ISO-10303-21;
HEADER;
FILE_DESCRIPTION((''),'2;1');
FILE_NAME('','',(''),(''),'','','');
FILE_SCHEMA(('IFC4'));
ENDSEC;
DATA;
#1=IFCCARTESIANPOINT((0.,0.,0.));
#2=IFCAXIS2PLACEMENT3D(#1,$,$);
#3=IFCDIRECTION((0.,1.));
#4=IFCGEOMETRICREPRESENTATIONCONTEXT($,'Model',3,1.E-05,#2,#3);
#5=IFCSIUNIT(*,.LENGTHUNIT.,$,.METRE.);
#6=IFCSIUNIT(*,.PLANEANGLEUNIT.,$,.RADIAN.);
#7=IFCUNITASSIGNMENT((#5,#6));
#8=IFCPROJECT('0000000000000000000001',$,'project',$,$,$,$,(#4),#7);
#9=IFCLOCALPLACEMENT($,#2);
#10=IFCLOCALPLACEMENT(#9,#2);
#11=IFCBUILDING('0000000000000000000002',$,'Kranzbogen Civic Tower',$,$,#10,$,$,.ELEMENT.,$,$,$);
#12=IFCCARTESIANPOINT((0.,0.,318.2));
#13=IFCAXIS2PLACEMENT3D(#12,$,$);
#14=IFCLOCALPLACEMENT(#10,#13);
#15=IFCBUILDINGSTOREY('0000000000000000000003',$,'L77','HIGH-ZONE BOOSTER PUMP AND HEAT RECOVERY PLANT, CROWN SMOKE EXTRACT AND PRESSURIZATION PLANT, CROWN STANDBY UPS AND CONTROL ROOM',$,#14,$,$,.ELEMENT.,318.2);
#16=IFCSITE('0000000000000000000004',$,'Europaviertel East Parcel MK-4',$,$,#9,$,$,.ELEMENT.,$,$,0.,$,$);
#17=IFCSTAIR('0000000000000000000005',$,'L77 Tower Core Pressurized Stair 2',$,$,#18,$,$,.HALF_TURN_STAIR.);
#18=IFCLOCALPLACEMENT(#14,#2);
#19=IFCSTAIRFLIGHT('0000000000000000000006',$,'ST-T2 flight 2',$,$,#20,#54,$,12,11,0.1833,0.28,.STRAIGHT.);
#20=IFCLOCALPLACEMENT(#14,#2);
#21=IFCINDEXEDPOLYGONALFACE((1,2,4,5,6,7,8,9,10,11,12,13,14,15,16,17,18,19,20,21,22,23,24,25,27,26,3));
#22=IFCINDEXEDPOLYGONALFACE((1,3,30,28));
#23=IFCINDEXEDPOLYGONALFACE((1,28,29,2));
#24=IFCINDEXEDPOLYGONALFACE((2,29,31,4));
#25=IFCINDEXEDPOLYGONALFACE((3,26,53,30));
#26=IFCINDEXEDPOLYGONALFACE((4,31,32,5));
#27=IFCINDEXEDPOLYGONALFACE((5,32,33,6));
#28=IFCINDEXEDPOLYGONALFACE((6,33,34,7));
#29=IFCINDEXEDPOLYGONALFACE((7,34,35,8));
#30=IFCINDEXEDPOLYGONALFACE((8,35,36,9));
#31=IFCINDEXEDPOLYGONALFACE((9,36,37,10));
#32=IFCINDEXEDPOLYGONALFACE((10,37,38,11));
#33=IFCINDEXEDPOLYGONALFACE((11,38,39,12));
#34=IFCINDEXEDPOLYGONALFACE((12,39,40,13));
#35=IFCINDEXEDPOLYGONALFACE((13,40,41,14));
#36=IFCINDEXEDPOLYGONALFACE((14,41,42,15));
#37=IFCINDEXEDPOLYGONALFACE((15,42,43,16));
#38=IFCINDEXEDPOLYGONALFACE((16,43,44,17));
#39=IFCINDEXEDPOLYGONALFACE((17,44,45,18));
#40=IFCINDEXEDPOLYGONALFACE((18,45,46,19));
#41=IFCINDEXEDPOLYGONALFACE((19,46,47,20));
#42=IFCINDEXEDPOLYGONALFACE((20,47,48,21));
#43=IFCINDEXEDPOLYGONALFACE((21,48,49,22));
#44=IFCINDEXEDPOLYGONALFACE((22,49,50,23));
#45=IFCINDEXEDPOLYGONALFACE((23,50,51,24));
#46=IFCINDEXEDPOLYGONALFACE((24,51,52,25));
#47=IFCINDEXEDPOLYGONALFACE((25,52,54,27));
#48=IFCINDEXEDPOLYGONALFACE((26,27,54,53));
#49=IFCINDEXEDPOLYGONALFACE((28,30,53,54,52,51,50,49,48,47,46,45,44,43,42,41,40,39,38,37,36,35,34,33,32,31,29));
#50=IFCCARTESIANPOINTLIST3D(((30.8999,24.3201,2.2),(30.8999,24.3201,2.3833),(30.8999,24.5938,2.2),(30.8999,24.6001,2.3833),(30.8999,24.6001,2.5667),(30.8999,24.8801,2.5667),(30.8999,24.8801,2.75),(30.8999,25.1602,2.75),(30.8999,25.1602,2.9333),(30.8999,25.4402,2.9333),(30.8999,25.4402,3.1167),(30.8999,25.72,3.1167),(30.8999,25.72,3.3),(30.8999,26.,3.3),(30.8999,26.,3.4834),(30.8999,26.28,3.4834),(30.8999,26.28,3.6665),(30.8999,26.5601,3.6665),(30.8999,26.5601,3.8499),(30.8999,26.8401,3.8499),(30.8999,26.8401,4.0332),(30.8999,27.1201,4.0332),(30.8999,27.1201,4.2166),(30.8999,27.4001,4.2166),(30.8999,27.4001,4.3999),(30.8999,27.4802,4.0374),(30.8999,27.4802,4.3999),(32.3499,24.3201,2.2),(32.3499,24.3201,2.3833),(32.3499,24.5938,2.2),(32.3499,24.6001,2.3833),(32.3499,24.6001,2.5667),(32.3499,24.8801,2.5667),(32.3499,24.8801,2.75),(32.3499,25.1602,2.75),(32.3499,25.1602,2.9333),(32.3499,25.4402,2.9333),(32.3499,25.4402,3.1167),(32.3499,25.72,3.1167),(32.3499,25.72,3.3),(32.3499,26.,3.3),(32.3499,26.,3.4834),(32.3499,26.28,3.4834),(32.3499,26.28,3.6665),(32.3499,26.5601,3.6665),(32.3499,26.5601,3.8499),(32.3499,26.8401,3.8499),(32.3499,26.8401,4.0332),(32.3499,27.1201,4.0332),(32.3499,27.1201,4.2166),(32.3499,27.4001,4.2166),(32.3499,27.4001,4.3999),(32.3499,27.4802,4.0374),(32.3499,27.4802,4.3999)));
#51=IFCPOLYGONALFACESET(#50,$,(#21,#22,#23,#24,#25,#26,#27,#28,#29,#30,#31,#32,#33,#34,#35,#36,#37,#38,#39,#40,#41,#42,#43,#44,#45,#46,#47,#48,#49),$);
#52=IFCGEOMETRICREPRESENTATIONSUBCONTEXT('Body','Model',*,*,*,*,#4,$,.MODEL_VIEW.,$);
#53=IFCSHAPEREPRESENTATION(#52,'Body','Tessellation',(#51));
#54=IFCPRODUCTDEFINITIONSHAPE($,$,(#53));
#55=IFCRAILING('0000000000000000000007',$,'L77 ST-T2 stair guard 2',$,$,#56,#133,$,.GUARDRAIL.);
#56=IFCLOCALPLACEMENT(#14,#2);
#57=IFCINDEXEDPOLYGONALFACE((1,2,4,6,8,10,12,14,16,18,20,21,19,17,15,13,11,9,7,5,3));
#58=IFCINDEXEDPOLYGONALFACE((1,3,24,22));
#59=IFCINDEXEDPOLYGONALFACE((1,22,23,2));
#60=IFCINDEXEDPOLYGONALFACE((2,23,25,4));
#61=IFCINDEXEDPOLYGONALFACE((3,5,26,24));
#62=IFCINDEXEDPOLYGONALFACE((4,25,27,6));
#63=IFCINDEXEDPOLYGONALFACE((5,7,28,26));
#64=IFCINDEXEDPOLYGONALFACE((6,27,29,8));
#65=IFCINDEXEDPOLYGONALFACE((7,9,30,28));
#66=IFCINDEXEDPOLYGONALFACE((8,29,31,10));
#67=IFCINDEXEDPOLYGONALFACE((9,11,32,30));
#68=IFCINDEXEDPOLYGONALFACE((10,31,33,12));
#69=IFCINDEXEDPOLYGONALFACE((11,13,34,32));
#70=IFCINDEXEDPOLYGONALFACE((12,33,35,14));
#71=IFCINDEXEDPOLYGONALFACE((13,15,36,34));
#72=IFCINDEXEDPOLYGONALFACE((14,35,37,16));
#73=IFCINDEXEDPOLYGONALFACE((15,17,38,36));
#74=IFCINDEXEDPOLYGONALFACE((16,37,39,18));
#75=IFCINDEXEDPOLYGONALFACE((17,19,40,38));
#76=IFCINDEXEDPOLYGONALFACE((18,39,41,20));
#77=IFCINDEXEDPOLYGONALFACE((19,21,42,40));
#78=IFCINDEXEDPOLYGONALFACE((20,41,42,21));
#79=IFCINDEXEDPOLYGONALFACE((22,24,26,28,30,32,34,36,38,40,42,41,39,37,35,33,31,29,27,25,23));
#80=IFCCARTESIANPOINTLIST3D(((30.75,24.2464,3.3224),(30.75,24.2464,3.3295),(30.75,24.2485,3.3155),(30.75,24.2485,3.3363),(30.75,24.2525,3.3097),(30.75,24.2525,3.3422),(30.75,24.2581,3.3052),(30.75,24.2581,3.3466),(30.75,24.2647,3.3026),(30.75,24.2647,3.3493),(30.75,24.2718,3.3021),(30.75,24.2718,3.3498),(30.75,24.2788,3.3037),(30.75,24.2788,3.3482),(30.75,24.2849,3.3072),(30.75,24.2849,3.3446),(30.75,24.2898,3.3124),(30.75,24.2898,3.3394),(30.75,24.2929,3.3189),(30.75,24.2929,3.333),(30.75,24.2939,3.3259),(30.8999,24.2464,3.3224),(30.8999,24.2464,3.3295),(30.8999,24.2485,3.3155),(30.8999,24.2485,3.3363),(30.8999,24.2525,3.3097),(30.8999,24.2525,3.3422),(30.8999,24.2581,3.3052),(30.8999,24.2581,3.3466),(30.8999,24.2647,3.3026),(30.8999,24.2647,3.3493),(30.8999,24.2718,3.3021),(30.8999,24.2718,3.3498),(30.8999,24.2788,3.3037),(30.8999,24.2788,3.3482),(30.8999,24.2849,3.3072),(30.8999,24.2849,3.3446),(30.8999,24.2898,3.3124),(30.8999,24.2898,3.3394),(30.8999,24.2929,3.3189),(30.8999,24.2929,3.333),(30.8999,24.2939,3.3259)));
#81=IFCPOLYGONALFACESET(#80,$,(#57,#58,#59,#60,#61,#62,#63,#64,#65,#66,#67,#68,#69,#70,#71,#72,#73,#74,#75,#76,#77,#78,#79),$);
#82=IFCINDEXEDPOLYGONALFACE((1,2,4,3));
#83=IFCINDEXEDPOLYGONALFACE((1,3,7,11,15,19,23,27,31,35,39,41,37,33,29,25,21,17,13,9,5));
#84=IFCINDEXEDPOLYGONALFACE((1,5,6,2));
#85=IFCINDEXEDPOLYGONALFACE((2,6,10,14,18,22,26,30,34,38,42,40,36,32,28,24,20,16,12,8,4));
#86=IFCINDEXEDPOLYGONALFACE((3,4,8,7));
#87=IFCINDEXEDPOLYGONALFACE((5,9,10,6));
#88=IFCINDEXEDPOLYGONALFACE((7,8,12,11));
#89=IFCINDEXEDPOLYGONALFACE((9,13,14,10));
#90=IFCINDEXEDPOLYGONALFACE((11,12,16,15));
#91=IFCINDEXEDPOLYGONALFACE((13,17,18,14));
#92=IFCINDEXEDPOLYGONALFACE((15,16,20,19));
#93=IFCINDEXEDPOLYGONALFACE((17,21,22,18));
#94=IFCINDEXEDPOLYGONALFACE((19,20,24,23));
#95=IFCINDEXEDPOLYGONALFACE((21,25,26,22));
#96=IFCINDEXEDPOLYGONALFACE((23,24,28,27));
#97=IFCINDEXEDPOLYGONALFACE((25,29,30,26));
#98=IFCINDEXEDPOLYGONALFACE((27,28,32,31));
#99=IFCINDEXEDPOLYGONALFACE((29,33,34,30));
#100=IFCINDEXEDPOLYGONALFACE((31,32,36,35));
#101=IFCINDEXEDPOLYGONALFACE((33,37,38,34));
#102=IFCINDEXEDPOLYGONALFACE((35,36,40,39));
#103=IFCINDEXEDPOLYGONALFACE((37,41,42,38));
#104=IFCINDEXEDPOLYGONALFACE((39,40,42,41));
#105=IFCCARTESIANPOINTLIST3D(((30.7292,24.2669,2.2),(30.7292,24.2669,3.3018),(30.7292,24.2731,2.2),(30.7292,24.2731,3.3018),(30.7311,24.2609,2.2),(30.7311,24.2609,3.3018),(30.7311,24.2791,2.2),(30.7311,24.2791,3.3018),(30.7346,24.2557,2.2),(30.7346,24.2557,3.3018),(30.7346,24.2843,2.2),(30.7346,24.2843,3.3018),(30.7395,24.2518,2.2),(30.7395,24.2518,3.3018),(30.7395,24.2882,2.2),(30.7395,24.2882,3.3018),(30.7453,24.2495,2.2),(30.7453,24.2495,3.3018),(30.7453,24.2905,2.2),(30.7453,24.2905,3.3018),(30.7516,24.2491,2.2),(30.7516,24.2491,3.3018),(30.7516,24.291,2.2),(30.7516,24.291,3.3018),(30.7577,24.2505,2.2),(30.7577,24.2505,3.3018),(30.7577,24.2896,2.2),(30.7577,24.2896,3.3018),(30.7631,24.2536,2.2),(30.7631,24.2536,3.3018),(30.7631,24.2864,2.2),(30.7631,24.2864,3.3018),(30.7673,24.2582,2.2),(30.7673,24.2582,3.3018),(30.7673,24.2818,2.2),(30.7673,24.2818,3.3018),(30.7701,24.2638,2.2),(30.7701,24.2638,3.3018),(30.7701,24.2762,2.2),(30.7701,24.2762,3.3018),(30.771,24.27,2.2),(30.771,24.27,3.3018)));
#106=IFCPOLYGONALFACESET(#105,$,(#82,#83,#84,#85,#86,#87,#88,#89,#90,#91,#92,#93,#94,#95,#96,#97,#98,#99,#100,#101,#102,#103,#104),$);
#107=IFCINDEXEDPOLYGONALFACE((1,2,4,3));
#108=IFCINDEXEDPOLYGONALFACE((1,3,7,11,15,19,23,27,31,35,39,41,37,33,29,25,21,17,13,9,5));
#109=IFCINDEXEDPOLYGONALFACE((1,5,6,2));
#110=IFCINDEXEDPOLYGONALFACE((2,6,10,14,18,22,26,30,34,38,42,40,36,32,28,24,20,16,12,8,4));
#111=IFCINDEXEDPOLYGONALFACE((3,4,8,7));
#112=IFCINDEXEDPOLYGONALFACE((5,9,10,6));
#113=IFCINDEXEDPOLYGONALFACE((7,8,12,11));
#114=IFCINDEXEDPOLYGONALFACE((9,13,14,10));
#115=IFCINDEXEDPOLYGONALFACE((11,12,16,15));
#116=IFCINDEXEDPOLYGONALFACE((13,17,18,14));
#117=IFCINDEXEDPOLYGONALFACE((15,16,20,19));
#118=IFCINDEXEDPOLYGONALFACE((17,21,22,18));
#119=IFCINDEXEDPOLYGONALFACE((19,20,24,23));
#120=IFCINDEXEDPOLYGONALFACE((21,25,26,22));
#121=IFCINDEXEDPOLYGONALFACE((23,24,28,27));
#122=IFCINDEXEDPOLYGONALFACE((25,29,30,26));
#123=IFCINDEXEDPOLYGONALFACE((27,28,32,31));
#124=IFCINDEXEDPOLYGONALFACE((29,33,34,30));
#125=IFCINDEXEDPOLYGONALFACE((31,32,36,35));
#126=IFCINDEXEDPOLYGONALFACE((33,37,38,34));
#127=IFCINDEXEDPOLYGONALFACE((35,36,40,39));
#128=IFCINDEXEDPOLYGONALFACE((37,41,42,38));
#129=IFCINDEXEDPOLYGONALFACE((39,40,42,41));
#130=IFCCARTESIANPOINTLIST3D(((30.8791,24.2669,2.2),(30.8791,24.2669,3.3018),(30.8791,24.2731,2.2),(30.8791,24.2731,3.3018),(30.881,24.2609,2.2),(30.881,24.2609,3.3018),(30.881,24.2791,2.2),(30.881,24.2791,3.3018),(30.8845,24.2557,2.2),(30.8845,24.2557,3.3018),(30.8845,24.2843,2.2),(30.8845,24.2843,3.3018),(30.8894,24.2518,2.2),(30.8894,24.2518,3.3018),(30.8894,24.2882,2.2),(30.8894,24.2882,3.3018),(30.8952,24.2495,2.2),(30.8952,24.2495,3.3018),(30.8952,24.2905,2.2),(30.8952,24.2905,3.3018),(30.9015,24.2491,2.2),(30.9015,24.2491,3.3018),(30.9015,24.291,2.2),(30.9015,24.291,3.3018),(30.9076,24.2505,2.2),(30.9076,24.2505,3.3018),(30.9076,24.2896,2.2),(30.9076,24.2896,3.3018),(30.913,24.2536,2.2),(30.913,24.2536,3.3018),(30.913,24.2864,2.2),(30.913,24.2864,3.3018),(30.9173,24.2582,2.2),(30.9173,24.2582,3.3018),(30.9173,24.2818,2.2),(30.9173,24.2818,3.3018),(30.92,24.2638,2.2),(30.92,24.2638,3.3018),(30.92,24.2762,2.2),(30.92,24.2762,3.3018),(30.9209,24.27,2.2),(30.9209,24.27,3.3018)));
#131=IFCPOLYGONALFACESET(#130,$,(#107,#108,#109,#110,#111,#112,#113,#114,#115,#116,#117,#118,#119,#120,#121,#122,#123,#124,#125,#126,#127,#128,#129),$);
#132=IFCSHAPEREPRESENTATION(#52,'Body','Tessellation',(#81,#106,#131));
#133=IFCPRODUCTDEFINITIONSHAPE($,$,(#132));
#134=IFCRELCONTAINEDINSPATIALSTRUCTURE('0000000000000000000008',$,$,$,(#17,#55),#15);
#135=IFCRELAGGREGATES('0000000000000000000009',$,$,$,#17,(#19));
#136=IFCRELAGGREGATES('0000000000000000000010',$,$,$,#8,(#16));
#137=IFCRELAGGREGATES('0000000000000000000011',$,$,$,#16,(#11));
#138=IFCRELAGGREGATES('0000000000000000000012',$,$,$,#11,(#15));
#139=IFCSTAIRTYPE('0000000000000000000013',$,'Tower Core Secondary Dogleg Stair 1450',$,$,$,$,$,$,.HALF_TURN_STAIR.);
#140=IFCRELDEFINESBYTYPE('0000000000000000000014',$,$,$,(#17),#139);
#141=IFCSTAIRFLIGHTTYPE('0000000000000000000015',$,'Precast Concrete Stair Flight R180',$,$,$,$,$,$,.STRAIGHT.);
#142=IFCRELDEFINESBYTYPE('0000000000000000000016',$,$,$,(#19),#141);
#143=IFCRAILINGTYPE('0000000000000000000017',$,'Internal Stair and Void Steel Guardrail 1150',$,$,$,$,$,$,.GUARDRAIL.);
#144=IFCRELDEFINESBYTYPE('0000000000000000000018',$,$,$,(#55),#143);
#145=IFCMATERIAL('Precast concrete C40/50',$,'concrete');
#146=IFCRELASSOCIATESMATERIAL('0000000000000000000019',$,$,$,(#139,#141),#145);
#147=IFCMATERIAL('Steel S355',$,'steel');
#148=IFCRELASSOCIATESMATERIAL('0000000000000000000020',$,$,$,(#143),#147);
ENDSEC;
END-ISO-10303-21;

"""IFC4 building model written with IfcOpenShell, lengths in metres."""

from ifc_helpers import new_model, si_unit, direction, frame, origin, origin_2d, place, context, subcontext, project, spatial, polyline, circle, outline, extrude, material, type_object, element, aggregate, save


model = new_model("IFC4")

# Units and contexts
model_context = context("Model", 3, precision=1e-05, world=origin(), true_north=direction((0.0, 1.0)))
body_context = subcontext(model_context, "Body", "Model", "MODEL_VIEW")
ifc_project = project(units=[si_unit("LENGTHUNIT", "METRE"), si_unit("PLANEANGLEUNIT", "RADIAN")], contexts=[model_context])

# Site, building, storey
site_placement = place(None, origin())
site = spatial("IfcSite", under=ifc_project, at=site_placement, Name="Europaviertel East Parcel MK-4", CompositionType="ELEMENT", RefElevation=0.0)
building_placement = place(site_placement, origin())
building = spatial("IfcBuilding", under=site, at=building_placement, Name="Kranzbogen Civic Tower", CompositionType="ELEMENT")
storey_placement = place(building_placement, frame((0.0, 0.0, 318.2)))
storey = spatial("IfcBuildingStorey", under=building, at=storey_placement, Name="L77", Description="HIGH-ZONE BOOSTER PUMP AND HEAT RECOVERY PLANT, CROWN SMOKE EXTRACT AND PRESSURIZATION PLANT, CROWN STANDBY UPS AND CONTROL ROOM", CompositionType="ELEMENT", Elevation=318.2)

# Shared definitions
ifc_material_1 = material(Name="Steel S355", Category="steel")

# Stair, stair flight
ifc_material_2 = material(Name="Precast concrete C40/50", Category="concrete")
stair_type = type_object("IfcStairType", Name="Tower Core Secondary Dogleg Stair 1450", PredefinedType="HALF_TURN_STAIR", material=ifc_material_2)
stair_placement = place(storey_placement, origin())
stair = element("IfcStair", 1, at=stair_placement, inside=storey, type_object=stair_type, Name="L77 Tower Core Pressurized Stair 2", PredefinedType="HALF_TURN_STAIR")
stair_flight_type = type_object("IfcStairFlightType", Name="Precast Concrete Stair Flight R180", PredefinedType="STRAIGHT", material=ifc_material_2)
stair_flight_placement = place(storey_placement, frame((31.625, 24.3201, 2.2), z_axis=(0.0, 0.0, 1.0), x_axis=(0.0, 1.0, 0.0)))
stair_flight = element("IfcStairFlight", 2, at=stair_flight_placement, type_object=stair_flight_type, Name="ST-T2 flight 2", NumberOfRisers=12, NumberOfTreads=11, PredefinedType="STRAIGHT", RiserHeight=0.1833, TreadLength=0.28, context=body_context, shape_type="SweptSolid", body=[
    extrude(outline(polyline([(0.0, 0.0), (0.0, 0.1833), (0.28, 0.1833), (0.28, 0.3667), (0.5601, 0.3667), (0.5601, 0.55), (0.8401, 0.55), (0.8401, 0.7334), (1.1201, 0.7334), (1.1201, 0.9167), (1.3999, 0.9167), (1.3999, 1.1001), (1.6799, 1.1001), (1.6799, 1.2834), (1.96, 1.2834), (1.96, 1.4666), (2.24, 1.4666), (2.24, 1.6499), (2.52, 1.6499), (2.52, 1.8333), (2.8, 1.8333), (2.8, 2.0166), (3.0801, 2.0166), (3.0801, 2.2), (3.1602, 2.2), (3.1602, 1.8374), (0.2737, 0.0), (0.0, 0.0)])), frame((0.0, 0.7251, 0.0), z_axis=(0.0, -1.0, 0.0), x_axis=(1.0, 0.0, 0.0)), (0.0, 0.0, 1.0), 1.45),
])
aggregate(stair, [stair_flight])

# Railing
railing_type = type_object("IfcRailingType", Name="Internal Stair and Void Steel Guardrail 1150", PredefinedType="GUARDRAIL", material=ifc_material_1)
railing_1_placement = place(storey_placement, frame((30.75, 24.27, 2.2)))
element("IfcRailing", 3, at=railing_1_placement, inside=storey, type_object=railing_type, Name="L77 ST-T2 stair guard 2", PredefinedType="GUARDRAIL", context=body_context, shape_type="SweptSolid", body=[
    extrude(circle(Radius=0.0239, at=origin_2d()), frame((0.0, 0.0, 1.126), z_axis=(1.0, 0.0, 0.0), x_axis=(0.0, 1.0, 0.0)), (0.0, 0.0, 1.0), 0.1499),
    extrude(circle(Radius=0.021, at=origin_2d()), origin(), (0.0, 0.0, 1.0), 1.1018),
    extrude(circle(Radius=0.021, at=origin_2d()), frame((0.1499, 0.0, 0.0)), (0.0, 0.0, 1.0), 1.1018),
])

save(model, "model.ifc")
